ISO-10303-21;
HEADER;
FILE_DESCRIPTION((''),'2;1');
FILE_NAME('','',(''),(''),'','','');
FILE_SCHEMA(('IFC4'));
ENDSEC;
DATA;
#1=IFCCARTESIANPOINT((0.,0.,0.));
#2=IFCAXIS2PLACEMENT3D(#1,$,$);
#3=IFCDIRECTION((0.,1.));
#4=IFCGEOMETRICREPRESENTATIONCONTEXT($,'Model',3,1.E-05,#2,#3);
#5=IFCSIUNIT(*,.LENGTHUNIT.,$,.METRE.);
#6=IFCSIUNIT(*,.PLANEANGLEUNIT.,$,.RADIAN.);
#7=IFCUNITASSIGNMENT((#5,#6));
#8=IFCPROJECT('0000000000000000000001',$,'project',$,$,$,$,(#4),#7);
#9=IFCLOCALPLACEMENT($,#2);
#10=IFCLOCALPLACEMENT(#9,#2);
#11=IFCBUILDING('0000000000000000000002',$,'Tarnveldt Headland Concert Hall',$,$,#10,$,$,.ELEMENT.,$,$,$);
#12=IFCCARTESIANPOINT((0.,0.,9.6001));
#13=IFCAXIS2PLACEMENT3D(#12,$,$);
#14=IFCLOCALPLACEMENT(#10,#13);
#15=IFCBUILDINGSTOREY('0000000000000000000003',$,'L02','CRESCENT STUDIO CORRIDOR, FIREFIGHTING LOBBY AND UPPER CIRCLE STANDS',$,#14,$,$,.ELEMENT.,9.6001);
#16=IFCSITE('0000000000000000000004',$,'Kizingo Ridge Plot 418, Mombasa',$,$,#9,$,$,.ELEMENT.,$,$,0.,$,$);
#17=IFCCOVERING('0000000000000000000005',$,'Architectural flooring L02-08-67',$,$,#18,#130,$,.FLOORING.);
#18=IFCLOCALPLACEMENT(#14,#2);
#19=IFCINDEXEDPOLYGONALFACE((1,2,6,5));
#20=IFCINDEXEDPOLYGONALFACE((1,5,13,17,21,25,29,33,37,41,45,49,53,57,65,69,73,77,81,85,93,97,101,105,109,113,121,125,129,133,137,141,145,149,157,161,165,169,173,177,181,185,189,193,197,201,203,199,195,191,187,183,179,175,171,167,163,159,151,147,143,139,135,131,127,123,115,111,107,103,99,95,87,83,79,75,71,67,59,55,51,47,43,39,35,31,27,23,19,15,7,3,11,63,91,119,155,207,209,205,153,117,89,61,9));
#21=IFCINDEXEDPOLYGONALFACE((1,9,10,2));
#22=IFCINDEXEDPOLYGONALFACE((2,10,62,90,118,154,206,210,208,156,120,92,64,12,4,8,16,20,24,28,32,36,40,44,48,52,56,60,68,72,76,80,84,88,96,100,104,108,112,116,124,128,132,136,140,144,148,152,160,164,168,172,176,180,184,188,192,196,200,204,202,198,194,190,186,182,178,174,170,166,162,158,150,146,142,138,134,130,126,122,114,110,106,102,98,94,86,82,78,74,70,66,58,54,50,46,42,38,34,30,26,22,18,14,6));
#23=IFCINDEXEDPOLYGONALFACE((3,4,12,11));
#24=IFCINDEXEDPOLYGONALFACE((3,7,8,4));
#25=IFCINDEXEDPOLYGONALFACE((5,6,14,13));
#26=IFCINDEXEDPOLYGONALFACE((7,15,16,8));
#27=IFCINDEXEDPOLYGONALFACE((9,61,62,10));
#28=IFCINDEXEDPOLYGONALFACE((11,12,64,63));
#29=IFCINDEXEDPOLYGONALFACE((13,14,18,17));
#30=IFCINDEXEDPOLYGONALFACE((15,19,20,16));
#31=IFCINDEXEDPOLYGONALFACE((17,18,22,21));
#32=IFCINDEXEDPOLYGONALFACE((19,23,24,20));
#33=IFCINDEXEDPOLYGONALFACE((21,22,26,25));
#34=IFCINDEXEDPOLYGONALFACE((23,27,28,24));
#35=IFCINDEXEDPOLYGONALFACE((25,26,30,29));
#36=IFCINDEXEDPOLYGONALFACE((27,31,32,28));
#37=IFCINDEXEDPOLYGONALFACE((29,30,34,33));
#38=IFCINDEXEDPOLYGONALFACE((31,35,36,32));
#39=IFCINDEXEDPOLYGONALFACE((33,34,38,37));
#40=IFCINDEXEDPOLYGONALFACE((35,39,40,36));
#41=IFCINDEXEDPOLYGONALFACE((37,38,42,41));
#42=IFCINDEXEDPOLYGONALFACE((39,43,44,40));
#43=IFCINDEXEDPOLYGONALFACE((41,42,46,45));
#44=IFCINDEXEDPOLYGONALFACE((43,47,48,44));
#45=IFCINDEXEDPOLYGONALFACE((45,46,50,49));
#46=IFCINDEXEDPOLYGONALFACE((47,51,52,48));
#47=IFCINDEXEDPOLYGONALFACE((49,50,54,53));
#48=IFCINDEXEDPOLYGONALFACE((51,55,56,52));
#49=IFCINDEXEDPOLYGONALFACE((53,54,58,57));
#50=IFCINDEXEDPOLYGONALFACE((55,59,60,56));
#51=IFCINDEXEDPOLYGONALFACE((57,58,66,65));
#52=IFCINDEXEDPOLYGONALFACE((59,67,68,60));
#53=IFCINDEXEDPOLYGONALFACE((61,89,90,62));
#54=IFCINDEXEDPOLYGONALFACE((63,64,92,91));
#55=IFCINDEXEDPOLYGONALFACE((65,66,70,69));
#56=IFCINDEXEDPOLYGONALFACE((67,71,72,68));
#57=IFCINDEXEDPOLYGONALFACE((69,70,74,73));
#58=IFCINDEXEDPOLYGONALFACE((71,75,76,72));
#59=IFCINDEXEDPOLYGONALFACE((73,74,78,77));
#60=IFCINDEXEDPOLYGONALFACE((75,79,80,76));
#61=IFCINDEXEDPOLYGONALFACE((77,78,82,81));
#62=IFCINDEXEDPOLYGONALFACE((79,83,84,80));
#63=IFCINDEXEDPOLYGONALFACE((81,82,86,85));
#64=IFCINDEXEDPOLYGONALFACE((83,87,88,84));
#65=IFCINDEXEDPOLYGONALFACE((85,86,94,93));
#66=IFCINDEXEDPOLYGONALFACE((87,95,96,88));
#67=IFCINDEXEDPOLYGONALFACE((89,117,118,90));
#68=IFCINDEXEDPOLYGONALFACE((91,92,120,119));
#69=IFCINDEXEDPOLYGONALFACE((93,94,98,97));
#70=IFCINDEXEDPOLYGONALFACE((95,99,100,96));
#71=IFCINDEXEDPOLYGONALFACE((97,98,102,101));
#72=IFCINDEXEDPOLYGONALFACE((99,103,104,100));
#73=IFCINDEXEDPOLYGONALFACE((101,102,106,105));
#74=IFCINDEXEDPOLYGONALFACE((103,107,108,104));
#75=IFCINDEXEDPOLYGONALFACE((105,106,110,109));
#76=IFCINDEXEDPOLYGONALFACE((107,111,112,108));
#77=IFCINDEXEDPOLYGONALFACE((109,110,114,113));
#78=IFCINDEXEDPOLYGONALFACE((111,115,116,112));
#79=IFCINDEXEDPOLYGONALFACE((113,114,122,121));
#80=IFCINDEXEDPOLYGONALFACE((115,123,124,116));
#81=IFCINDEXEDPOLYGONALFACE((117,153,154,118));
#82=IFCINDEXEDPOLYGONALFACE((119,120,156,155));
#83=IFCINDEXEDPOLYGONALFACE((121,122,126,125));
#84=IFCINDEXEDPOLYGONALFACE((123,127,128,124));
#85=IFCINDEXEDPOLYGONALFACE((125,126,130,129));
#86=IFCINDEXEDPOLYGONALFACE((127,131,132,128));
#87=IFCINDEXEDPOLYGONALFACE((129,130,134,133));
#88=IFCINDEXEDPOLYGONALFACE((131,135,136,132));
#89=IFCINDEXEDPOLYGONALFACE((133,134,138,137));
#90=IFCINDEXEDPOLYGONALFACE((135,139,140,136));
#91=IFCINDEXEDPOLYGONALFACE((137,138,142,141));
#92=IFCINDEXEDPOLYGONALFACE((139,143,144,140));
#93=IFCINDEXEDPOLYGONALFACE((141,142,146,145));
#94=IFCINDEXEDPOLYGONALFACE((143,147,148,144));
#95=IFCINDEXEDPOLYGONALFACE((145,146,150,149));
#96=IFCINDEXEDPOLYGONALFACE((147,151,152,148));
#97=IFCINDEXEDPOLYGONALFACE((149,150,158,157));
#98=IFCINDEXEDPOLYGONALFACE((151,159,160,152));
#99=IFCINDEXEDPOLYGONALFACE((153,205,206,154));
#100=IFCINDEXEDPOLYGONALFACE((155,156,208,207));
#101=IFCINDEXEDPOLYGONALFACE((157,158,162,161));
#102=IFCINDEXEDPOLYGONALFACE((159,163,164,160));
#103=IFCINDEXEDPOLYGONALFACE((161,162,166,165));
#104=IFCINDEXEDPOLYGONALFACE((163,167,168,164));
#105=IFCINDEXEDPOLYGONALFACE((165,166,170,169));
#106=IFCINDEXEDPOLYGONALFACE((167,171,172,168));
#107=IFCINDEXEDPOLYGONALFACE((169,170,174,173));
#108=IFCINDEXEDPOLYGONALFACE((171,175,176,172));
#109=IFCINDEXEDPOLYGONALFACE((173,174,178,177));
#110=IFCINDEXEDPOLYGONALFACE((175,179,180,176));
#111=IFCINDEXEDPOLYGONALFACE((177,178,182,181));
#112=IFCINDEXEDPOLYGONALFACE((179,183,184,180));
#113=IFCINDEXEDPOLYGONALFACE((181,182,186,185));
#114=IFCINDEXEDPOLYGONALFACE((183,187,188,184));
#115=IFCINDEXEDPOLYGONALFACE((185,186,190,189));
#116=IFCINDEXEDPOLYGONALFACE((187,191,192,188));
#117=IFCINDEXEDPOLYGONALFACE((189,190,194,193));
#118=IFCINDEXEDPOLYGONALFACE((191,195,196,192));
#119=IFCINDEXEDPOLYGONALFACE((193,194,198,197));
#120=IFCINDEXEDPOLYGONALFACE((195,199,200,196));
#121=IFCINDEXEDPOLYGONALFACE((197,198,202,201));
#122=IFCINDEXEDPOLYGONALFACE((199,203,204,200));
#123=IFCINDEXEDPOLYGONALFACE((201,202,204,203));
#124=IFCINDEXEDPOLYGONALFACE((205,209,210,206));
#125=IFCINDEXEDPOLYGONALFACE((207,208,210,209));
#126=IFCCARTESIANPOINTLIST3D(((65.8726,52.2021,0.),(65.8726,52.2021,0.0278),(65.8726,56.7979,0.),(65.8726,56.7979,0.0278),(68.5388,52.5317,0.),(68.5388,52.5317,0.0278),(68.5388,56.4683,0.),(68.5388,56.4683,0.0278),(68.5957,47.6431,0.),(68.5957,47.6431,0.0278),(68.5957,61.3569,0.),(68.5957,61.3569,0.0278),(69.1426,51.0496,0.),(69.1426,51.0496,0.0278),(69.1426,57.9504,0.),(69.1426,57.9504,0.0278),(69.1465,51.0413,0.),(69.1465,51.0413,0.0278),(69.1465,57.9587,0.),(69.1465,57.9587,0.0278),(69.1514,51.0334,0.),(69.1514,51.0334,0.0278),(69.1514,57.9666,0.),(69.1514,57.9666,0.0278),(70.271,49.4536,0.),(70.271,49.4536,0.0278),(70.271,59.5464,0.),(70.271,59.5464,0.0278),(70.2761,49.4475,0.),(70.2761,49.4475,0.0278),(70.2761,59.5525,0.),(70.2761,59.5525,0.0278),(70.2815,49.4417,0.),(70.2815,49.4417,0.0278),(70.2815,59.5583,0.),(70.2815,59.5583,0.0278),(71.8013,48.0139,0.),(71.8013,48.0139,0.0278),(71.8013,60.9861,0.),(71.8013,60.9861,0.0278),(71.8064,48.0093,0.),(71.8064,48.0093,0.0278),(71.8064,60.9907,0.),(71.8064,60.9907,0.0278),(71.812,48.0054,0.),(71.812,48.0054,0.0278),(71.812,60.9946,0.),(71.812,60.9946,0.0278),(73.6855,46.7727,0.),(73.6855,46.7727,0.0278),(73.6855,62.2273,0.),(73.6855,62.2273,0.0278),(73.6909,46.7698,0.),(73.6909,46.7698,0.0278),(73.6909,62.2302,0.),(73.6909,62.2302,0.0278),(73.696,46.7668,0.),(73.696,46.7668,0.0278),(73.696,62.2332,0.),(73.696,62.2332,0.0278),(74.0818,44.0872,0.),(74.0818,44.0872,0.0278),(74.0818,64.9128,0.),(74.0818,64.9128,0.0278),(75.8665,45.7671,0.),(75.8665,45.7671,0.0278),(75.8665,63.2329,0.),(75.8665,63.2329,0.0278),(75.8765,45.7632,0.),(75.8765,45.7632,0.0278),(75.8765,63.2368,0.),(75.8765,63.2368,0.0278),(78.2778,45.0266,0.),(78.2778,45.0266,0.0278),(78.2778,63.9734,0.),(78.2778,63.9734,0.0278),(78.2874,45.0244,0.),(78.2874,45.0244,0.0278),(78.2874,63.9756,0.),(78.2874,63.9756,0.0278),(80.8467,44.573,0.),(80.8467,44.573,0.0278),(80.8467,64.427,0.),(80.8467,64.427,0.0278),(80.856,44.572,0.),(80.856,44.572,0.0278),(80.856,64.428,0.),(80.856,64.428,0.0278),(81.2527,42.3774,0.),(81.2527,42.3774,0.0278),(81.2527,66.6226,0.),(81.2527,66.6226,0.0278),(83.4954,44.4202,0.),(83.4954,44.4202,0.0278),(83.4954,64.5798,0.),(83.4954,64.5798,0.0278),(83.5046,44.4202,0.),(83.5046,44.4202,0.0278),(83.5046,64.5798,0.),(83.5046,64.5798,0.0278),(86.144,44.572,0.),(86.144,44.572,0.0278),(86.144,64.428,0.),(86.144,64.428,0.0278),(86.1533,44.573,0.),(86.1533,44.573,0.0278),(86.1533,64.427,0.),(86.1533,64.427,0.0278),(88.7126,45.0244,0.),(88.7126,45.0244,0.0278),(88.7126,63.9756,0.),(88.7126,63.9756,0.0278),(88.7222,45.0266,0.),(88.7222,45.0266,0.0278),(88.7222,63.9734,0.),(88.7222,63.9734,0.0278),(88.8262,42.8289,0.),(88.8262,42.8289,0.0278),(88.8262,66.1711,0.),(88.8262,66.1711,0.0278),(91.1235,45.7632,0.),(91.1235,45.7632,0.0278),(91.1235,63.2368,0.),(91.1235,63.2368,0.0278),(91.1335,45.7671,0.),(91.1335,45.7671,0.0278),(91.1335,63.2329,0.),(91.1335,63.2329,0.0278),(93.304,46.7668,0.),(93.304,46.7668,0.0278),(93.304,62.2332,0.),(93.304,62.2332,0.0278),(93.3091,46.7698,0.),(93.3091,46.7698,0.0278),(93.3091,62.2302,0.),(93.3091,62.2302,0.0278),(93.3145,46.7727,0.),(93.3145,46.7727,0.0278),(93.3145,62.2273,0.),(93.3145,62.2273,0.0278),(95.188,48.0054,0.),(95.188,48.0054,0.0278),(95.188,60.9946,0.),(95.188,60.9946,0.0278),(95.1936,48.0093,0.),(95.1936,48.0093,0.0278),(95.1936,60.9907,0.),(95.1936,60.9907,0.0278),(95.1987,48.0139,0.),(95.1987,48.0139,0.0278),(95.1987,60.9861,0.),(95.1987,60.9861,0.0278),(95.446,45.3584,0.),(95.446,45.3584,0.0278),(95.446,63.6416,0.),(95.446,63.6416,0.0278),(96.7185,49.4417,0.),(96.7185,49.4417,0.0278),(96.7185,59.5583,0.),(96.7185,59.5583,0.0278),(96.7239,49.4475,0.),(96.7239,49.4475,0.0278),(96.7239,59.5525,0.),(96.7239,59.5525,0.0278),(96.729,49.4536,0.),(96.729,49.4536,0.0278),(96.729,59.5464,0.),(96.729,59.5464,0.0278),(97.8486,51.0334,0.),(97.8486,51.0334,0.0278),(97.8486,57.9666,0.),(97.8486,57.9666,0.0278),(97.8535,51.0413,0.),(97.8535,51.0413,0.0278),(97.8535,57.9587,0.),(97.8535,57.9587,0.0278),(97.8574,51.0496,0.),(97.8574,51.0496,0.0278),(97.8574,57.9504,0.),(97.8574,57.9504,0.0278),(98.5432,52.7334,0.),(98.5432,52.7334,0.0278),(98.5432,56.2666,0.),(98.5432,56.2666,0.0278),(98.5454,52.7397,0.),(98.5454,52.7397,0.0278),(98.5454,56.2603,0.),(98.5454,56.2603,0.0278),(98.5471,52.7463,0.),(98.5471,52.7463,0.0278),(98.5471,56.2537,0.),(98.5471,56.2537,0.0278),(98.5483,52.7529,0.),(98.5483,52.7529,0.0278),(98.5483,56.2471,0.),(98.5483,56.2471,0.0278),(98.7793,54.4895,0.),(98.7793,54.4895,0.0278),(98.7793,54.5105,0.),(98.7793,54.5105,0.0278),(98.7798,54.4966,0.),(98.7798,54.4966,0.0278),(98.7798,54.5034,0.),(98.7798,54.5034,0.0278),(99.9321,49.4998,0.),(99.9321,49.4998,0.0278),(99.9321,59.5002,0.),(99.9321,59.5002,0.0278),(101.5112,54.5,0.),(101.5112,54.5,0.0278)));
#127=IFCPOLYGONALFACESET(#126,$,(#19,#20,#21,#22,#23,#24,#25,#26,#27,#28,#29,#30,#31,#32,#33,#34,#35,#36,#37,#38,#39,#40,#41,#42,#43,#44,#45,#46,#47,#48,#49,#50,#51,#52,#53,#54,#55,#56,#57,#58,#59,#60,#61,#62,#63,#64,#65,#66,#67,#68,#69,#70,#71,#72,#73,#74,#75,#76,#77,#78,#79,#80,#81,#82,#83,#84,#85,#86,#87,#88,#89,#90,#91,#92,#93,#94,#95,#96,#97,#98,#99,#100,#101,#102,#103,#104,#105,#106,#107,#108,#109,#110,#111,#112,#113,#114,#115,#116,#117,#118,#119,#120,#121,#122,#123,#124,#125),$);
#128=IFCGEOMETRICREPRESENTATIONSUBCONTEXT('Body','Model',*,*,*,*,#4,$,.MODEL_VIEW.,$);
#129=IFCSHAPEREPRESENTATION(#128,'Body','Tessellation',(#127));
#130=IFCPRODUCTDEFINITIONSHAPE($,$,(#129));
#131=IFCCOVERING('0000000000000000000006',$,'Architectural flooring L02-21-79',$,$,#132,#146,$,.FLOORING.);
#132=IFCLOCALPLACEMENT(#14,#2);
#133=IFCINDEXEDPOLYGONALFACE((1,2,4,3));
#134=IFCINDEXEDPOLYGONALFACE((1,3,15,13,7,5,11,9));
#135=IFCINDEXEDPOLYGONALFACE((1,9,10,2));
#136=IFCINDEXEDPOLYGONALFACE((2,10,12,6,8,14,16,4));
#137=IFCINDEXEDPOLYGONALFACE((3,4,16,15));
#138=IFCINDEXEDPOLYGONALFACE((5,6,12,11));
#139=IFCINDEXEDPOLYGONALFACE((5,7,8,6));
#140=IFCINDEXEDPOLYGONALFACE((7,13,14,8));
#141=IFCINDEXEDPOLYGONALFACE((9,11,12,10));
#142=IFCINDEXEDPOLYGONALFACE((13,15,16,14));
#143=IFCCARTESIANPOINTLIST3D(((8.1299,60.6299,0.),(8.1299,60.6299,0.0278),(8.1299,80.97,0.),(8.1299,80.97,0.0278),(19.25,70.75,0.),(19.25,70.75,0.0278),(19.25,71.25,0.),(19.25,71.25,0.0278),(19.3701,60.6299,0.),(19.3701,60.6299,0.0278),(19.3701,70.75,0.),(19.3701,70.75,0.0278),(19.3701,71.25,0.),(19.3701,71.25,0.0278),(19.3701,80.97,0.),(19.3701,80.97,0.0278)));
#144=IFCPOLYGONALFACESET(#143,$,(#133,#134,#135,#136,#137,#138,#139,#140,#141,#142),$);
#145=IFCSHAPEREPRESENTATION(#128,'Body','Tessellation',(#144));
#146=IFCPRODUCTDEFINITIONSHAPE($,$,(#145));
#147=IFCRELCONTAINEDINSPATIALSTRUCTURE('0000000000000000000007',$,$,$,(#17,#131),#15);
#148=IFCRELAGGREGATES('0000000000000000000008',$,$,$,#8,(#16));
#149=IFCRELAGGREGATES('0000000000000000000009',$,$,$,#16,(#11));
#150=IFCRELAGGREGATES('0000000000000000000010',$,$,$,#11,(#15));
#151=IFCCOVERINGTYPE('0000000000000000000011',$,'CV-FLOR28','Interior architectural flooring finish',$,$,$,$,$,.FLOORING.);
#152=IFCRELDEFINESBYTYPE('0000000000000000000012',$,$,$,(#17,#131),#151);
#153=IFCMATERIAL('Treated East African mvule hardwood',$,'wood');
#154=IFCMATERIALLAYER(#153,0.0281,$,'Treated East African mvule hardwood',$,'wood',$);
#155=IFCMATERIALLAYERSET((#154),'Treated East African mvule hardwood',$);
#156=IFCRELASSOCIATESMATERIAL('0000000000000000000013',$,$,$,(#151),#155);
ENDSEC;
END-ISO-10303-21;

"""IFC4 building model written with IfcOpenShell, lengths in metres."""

from ifc_helpers import new_model, si_unit, direction, frame, origin, place, context, subcontext, project, spatial, polyline, outline, extrude, material, layer, layer_set, type_object, element, save


model = new_model("IFC4")

# Units and contexts
model_context = context("Model", 3, precision=1e-05, world=origin(), true_north=direction((0.0, 1.0)))
body_context = subcontext(model_context, "Body", "Model", "MODEL_VIEW")
ifc_project = project(units=[si_unit("LENGTHUNIT", "METRE"), si_unit("PLANEANGLEUNIT", "RADIAN")], contexts=[model_context])

# Site, building, storey
site_placement = place(None, origin())
site = spatial("IfcSite", under=ifc_project, at=site_placement, Name="Kizingo Ridge Plot 418, Mombasa", CompositionType="ELEMENT", RefElevation=0.0)
building_placement = place(site_placement, origin())
building = spatial("IfcBuilding", under=site, at=building_placement, Name="Tarnveldt Headland Concert Hall", CompositionType="ELEMENT")
storey_placement = place(building_placement, frame((0.0, 0.0, 9.6001)))
storey = spatial("IfcBuildingStorey", under=building, at=storey_placement, Name="L02", Description="CRESCENT STUDIO CORRIDOR, FIREFIGHTING LOBBY AND UPPER CIRCLE STANDS", CompositionType="ELEMENT", Elevation=9.6001)

# Coverings
ifc_material_1 = material(Name="Treated East African mvule hardwood", Category="wood")
ifc_layer_1 = layer(ifc_material_1, 0.0281, Name="Treated East African mvule hardwood", Category="wood")
ifc_layer_set_1 = layer_set([ifc_layer_1], Name="Treated East African mvule hardwood")
covering_type_1 = type_object("IfcCoveringType", Name="CV-FLOR28", Description="Interior architectural flooring finish", PredefinedType="FLOORING", material=ifc_layer_set_1)
covering_1_placement = place(storey_placement, origin())
element("IfcCovering", 1, at=covering_1_placement, inside=storey, type_object=covering_type_1, Name="Architectural flooring L02-08-67", PredefinedType="FLOORING", context=body_context, shape_type="SweptSolid", body=[
    extrude(outline(polyline([(65.8726, 56.7979), (68.5957, 61.3569), (74.0818, 64.9128), (81.2527, 66.6226), (88.8262, 66.1711), (95.446, 63.6416), (99.9321, 59.5002), (101.5112, 54.5), (99.9321, 49.4998), (95.446, 45.3584), (88.8262, 42.8289), (81.2527, 42.3774), (74.0818, 44.0872), (68.5957, 47.6431), (65.8726, 52.2021), (68.5388, 52.5317), (69.1426, 51.0496), (69.1465, 51.0413), (69.1514, 51.0334), (70.271, 49.4536), (70.2761, 49.4475), (70.2815, 49.4417), (71.8013, 48.0139), (71.8064, 48.0093), (71.812, 48.0054), (73.6855, 46.7727), (73.6909, 46.7698), (73.696, 46.7668), (75.8665, 45.7671), (75.8765, 45.7632), (78.2778, 45.0266), (78.2874, 45.0244), (80.8467, 44.573), (80.856, 44.572), (83.4954, 44.4202), (83.5046, 44.4202), (86.144, 44.572), (86.1533, 44.573), (88.7126, 45.0244), (88.7222, 45.0266), (91.1235, 45.7632), (91.1335, 45.7671), (93.304, 46.7668), (93.3091, 46.7698), (93.3145, 46.7727), (95.188, 48.0054), (95.1936, 48.0093), (95.1987, 48.0139), (96.7185, 49.4417), (96.7239, 49.4475), (96.729, 49.4536), (97.8486, 51.0334), (97.8535, 51.0413), (97.8574, 51.0496), (98.5432, 52.7334), (98.5454, 52.7397), (98.5471, 52.7463), (98.5483, 52.7529), (98.7793, 54.4895), (98.7798, 54.4966), (98.7798, 54.5034), (98.7793, 54.5105), (98.5483, 56.2471), (98.5471, 56.2537), (98.5454, 56.2603), (98.5432, 56.2666), (97.8574, 57.9504), (97.8535, 57.9587), (97.8486, 57.9666), (96.729, 59.5464), (96.7239, 59.5525), (96.7185, 59.5583), (95.1987, 60.9861), (95.1936, 60.9907), (95.188, 60.9946), (93.3145, 62.2273), (93.3091, 62.2302), (93.304, 62.2332), (91.1335, 63.2329), (91.1235, 63.2368), (88.7222, 63.9734), (88.7126, 63.9756), (86.1533, 64.427), (86.144, 64.428), (83.5046, 64.5798), (83.4954, 64.5798), (80.856, 64.428), (80.8467, 64.427), (78.2874, 63.9756), (78.2778, 63.9734), (75.8765, 63.2368), (75.8665, 63.2329), (73.696, 62.2332), (73.6909, 62.2302), (73.6855, 62.2273), (71.812, 60.9946), (71.8064, 60.9907), (71.8013, 60.9861), (70.2815, 59.5583), (70.2761, 59.5525), (70.271, 59.5464), (69.1514, 57.9666), (69.1465, 57.9587), (69.1426, 57.9504), (68.5388, 56.4683), (65.8726, 56.7979)])), origin(), (0.0, 0.0, 1.0), 0.0278),
])
covering_2_placement = place(storey_placement, origin())
element("IfcCovering", 2, at=covering_2_placement, inside=storey, type_object=covering_type_1, Name="Architectural flooring L02-21-79", PredefinedType="FLOORING", context=body_context, shape_type="SweptSolid", body=[
    extrude(outline(polyline([(19.3701, 80.97), (19.3701, 71.25), (19.25, 71.25), (19.25, 70.75), (19.3701, 70.75), (19.3701, 60.6299), (8.1299, 60.6299), (8.1299, 80.97), (19.3701, 80.97)])), origin(), (0.0, 0.0, 1.0), 0.0278),
])

save(model, "model.ifc")
